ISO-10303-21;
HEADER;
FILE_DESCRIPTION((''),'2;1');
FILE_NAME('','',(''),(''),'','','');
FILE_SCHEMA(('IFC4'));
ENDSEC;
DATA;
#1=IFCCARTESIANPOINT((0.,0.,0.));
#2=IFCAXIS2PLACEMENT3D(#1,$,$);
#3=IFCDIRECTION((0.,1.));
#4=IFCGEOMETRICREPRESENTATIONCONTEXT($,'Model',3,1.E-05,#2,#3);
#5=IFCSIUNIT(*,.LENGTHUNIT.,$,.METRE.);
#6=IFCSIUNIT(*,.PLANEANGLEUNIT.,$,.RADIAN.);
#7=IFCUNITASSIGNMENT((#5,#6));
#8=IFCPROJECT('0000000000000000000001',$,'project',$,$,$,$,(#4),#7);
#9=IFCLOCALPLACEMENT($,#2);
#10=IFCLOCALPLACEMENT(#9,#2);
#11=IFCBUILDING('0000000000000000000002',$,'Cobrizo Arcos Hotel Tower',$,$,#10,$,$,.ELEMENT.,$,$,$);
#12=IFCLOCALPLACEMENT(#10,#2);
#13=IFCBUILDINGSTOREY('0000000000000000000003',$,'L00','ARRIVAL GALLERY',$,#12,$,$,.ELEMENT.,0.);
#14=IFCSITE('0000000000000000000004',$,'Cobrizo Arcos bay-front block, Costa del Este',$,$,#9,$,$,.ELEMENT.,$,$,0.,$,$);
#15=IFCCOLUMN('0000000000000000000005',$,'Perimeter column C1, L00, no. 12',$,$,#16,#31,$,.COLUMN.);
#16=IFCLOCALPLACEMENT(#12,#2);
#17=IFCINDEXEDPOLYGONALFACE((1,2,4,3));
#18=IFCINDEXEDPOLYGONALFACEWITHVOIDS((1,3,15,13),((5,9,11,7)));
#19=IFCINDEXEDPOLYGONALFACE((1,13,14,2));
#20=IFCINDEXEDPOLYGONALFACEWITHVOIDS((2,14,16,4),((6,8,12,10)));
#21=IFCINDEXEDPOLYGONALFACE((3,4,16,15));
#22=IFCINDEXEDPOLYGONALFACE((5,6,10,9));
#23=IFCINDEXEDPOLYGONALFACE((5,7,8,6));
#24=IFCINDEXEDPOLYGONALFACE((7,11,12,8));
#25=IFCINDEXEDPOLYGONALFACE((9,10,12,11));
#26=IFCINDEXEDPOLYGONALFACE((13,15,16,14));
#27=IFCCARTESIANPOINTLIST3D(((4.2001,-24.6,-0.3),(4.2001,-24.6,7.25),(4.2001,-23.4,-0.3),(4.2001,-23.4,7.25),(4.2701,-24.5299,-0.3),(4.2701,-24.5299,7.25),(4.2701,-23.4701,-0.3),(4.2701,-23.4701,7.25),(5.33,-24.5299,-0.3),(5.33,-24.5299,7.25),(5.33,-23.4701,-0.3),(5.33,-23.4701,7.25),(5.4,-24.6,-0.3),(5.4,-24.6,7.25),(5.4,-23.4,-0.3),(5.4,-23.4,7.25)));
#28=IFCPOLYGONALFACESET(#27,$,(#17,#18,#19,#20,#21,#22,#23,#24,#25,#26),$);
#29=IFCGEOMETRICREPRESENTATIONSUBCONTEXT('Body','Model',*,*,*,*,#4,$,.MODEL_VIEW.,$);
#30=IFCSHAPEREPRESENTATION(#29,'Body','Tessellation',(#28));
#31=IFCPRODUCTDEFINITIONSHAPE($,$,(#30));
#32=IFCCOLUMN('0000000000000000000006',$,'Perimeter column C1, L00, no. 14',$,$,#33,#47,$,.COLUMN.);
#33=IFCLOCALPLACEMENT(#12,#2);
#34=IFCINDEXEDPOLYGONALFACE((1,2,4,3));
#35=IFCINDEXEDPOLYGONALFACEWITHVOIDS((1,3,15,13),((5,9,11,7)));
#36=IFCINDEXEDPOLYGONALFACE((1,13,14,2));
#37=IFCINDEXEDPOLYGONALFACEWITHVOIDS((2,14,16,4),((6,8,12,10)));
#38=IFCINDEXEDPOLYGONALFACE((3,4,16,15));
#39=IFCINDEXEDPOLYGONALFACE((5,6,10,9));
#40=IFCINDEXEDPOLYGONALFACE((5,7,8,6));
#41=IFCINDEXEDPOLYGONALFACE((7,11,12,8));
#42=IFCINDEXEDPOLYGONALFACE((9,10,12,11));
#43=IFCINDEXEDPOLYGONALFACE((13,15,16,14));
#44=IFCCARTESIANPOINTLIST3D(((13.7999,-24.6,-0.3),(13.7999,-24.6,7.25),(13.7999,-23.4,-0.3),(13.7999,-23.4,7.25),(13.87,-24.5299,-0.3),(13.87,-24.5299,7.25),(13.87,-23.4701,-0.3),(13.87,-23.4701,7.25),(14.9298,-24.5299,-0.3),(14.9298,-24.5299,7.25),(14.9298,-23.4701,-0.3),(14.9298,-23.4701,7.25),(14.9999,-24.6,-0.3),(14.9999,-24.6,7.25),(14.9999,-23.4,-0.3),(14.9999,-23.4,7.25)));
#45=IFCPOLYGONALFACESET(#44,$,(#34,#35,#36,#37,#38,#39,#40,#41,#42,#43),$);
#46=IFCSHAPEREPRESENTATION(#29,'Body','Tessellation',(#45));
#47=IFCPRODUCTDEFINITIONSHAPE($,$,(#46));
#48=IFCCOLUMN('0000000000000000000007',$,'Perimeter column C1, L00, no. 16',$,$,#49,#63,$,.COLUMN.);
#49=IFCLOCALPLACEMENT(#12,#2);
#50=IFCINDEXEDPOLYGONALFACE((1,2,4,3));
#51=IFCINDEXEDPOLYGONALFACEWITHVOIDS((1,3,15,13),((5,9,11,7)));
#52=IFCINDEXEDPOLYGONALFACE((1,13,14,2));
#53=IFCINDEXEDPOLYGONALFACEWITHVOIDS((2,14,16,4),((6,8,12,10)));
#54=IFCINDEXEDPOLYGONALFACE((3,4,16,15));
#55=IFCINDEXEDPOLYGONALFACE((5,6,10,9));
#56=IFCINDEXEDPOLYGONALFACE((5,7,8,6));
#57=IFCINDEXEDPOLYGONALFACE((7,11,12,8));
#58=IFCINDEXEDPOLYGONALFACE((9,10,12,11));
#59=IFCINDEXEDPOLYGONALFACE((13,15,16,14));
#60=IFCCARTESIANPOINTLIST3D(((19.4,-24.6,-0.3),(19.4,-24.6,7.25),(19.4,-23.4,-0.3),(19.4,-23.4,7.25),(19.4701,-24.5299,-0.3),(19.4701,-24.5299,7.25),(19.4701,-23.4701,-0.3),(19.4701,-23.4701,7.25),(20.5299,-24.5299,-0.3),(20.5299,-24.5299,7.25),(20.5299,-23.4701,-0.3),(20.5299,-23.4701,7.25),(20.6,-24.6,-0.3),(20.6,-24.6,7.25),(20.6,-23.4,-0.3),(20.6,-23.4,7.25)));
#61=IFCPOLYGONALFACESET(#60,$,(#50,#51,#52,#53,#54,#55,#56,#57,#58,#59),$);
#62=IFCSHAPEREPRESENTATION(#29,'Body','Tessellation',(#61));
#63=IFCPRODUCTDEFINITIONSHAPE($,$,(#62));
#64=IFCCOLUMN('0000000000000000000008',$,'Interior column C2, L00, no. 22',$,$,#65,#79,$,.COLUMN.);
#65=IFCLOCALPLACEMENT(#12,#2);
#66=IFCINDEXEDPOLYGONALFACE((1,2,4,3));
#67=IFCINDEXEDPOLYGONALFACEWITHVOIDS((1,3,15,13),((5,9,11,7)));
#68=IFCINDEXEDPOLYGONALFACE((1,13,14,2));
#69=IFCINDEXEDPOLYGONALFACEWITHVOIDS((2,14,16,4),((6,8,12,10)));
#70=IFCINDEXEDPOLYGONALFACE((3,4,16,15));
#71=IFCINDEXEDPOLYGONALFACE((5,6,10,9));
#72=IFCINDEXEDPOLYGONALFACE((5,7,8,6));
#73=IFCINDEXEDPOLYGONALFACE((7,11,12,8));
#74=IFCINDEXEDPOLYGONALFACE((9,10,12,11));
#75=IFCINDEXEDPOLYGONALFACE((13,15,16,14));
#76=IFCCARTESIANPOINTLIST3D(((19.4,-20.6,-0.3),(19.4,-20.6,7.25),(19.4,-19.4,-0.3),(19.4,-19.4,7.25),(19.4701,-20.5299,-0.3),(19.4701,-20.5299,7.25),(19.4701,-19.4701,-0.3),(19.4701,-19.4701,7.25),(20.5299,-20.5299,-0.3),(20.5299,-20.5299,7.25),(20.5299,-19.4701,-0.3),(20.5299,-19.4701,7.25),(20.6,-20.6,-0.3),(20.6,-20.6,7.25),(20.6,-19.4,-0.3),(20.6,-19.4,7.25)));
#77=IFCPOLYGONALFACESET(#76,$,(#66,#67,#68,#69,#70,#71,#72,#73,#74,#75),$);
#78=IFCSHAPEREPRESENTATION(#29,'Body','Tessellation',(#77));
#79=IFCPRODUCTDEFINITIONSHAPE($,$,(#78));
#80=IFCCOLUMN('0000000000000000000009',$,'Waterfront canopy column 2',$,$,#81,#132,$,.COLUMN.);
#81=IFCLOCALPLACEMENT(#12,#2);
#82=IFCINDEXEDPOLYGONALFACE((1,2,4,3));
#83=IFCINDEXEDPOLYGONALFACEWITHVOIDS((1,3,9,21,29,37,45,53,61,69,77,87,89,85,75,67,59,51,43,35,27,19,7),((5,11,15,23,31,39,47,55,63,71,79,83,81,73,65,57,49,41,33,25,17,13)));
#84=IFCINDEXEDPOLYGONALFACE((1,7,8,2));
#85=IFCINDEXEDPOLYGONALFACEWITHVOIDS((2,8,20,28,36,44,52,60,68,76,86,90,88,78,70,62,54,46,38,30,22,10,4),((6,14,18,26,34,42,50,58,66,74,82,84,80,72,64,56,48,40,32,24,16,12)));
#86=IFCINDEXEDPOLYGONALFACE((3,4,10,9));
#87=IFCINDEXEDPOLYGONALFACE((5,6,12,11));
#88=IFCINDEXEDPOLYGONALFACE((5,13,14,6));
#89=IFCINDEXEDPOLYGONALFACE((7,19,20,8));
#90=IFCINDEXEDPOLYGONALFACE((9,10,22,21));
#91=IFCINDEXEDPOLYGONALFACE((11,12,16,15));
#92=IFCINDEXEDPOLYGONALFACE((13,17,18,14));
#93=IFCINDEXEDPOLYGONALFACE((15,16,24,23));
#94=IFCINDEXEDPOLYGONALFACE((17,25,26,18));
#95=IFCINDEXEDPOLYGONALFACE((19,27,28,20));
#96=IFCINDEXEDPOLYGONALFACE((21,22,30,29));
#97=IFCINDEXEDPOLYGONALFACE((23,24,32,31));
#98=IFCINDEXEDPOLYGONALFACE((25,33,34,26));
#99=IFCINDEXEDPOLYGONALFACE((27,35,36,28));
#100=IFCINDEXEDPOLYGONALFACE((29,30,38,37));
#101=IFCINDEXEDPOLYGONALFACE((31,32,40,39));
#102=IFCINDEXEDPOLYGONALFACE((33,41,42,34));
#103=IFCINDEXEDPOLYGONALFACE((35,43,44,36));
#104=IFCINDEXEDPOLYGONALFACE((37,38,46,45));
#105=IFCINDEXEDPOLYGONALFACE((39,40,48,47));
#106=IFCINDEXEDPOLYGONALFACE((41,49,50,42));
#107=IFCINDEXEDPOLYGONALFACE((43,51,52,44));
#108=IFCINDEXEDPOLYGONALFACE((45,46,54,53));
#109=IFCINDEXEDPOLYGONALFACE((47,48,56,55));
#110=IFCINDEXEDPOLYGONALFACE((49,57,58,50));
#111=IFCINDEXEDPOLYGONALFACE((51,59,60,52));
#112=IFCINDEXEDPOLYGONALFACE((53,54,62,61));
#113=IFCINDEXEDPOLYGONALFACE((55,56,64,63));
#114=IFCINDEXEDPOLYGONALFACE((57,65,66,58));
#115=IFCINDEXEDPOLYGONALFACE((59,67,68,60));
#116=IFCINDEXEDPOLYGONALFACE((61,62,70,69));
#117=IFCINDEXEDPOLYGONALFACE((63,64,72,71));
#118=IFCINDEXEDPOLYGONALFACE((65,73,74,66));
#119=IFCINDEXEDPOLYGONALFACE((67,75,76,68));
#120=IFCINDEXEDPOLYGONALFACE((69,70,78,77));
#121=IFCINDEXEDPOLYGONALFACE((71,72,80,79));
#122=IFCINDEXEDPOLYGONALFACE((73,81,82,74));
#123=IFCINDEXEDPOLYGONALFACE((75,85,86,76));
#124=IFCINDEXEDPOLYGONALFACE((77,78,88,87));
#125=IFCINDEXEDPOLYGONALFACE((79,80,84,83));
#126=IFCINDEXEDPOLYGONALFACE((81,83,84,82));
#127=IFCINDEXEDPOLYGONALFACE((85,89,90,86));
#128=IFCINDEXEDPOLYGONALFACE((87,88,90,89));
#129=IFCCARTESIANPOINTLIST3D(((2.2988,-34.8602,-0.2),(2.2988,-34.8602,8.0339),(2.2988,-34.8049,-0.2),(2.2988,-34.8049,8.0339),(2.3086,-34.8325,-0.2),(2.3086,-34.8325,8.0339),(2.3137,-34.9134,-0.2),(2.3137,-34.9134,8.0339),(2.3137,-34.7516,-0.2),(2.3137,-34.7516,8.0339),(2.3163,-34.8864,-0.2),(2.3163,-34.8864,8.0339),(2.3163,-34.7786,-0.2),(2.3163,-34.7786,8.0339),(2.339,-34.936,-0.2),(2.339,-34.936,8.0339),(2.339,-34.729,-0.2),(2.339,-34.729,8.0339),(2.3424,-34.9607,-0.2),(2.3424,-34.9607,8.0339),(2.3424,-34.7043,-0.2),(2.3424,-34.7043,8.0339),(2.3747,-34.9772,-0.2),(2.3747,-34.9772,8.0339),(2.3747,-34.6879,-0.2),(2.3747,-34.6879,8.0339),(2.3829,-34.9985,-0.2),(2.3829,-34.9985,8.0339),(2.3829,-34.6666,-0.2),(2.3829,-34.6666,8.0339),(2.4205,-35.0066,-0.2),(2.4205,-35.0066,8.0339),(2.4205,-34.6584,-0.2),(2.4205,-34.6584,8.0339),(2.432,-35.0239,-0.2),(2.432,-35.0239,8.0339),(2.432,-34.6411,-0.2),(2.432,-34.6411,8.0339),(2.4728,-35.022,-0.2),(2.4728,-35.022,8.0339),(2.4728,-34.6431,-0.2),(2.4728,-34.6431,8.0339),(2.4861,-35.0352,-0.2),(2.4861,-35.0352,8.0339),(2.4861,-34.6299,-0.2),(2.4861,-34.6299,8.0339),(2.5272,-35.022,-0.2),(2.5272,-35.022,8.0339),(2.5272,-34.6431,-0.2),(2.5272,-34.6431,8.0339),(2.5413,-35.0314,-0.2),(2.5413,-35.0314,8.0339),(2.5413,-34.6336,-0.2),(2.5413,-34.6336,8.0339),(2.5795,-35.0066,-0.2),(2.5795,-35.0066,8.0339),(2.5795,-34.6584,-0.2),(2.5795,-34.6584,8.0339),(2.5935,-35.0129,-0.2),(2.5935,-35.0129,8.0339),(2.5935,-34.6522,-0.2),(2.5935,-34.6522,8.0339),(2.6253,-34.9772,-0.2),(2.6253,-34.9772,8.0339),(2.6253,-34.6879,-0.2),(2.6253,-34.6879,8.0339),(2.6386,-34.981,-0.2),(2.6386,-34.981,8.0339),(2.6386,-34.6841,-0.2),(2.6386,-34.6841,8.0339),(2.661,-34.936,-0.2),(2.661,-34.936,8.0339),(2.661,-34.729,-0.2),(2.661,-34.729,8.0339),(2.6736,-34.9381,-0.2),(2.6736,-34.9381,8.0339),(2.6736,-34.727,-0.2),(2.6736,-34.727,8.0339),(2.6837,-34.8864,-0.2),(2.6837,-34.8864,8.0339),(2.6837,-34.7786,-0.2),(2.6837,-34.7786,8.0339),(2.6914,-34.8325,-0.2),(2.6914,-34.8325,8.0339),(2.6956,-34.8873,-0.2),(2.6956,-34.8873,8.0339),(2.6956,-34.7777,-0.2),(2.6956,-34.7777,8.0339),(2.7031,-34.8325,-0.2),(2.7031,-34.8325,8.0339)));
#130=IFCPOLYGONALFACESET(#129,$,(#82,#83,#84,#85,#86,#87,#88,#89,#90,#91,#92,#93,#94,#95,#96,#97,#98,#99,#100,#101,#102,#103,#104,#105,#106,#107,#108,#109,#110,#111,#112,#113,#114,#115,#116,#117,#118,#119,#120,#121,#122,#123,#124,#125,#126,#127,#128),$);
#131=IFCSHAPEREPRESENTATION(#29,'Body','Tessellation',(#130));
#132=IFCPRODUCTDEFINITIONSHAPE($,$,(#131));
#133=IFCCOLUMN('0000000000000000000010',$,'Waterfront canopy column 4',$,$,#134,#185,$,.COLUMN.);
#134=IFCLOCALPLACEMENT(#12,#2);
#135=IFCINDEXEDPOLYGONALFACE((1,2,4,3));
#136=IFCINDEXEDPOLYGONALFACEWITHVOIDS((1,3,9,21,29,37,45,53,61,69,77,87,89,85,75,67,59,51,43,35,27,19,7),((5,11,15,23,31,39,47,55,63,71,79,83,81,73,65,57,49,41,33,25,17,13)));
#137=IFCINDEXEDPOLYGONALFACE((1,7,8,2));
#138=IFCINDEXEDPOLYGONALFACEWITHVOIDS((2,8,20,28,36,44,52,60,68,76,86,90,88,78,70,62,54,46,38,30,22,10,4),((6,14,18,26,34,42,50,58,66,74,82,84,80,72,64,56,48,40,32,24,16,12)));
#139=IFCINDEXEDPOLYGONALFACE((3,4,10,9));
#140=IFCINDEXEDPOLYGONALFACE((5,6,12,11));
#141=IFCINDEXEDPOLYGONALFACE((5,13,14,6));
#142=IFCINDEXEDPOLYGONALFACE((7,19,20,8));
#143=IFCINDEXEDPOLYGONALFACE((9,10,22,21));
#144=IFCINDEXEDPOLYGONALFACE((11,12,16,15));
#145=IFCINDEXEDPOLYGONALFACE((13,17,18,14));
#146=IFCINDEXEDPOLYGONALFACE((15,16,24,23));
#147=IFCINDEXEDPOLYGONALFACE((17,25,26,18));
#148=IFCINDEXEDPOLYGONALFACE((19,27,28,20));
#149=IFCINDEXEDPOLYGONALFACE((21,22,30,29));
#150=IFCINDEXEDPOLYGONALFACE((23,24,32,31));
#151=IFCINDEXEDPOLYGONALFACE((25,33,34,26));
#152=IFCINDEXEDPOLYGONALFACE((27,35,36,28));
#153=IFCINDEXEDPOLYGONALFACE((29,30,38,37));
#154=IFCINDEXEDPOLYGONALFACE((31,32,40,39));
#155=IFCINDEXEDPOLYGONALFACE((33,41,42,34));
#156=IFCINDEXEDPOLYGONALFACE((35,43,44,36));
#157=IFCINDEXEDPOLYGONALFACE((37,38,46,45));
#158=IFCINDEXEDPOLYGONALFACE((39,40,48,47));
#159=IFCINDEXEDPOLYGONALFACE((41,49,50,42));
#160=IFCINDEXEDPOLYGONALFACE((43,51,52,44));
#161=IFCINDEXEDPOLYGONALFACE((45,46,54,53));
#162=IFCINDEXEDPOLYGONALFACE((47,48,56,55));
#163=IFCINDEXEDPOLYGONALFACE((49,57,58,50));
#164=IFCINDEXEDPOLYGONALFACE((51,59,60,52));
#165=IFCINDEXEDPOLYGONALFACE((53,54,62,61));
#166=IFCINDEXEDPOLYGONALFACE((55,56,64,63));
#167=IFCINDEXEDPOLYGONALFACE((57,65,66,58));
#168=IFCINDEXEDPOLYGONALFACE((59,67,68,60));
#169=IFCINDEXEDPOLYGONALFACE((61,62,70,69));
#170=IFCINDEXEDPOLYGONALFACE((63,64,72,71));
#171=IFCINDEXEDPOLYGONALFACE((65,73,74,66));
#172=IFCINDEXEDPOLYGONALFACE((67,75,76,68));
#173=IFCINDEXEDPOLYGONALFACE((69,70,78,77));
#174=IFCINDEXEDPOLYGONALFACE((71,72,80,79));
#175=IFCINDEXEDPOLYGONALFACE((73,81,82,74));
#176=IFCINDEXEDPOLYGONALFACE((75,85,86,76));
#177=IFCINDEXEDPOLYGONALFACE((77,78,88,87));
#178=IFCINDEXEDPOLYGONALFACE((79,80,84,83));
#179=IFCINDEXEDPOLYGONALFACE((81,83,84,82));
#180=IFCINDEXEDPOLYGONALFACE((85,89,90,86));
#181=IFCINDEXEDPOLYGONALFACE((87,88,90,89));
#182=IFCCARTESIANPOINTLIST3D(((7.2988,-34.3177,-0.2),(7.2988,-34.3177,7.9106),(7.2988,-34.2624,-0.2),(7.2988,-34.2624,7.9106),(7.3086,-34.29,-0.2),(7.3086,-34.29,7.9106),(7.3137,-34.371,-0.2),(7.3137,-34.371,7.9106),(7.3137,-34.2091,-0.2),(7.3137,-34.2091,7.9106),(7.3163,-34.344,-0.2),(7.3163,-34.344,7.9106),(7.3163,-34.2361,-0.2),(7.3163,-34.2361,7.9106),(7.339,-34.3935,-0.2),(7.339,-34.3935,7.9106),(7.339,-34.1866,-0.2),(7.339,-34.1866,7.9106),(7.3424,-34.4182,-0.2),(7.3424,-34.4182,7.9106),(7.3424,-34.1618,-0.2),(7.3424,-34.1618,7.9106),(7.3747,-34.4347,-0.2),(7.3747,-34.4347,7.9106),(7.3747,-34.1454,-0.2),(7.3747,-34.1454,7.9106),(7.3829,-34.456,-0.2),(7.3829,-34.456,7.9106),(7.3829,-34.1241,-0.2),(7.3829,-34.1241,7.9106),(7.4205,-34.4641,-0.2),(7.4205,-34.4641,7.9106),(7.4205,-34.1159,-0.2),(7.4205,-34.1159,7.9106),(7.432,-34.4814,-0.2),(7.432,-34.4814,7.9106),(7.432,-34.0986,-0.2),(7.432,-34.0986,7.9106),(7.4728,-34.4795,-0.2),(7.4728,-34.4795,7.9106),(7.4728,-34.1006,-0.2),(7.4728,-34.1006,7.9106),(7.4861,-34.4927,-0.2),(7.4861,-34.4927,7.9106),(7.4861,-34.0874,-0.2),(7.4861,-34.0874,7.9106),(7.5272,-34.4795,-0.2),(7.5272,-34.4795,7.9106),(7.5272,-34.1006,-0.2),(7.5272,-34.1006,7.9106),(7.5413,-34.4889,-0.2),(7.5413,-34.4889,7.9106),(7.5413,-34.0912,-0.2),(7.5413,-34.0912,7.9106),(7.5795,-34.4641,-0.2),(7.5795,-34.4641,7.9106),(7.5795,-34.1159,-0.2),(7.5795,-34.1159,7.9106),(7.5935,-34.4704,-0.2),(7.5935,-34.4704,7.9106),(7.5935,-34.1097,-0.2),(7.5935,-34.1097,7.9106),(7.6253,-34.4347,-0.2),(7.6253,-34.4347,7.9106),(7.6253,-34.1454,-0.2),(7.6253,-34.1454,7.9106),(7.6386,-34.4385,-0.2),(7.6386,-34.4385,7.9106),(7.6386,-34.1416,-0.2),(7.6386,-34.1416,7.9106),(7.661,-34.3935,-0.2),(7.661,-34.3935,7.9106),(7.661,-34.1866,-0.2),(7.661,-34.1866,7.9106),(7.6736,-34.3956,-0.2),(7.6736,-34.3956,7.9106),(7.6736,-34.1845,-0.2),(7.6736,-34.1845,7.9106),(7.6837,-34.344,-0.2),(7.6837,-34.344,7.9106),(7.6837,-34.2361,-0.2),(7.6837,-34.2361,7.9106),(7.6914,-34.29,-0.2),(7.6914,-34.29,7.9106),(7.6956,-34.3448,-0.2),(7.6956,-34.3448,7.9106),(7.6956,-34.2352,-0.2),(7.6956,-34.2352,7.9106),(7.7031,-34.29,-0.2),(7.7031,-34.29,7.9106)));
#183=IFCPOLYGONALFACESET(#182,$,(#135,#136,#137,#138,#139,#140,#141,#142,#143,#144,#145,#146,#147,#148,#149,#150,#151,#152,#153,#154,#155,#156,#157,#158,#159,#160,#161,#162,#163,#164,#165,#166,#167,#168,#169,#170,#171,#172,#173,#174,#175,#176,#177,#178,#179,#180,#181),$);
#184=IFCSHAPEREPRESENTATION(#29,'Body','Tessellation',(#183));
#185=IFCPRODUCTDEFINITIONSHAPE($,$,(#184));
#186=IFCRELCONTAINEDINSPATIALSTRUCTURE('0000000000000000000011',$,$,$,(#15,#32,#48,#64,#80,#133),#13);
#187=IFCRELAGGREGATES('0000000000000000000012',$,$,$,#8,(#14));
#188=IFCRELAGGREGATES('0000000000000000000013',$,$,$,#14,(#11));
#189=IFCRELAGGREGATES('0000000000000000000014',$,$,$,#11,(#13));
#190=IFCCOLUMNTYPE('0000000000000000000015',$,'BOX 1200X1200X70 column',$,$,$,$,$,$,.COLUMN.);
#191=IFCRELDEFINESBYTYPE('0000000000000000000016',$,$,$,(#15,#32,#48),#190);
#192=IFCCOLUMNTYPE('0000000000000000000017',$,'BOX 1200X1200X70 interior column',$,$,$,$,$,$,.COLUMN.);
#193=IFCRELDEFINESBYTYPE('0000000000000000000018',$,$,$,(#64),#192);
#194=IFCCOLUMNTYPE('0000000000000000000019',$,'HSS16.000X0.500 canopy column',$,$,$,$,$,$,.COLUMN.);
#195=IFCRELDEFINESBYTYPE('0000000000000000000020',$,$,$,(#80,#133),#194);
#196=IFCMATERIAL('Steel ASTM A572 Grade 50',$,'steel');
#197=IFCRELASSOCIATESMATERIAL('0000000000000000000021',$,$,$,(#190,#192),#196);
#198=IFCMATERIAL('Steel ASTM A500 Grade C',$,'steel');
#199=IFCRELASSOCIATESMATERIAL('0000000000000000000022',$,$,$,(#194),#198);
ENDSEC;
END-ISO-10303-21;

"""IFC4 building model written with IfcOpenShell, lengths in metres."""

from ifc_helpers import new_model, si_unit, direction, frame, origin, origin_2d, place, context, subcontext, project, spatial, hollow_rectangle, hollow_circle, extrude, material, material_profile, profile_set, type_object, element, save


model = new_model("IFC4")

# Units and contexts
model_context = context("Model", 3, precision=1e-05, world=origin(), true_north=direction((0.0, 1.0)))
body_context = subcontext(model_context, "Body", "Model", "MODEL_VIEW")
ifc_project = project(units=[si_unit("LENGTHUNIT", "METRE"), si_unit("PLANEANGLEUNIT", "RADIAN")], contexts=[model_context])

# Site, building, storey
site_placement = place(None, origin())
site = spatial("IfcSite", under=ifc_project, at=site_placement, Name="Cobrizo Arcos bay-front block, Costa del Este", CompositionType="ELEMENT", RefElevation=0.0)
building_placement = place(site_placement, origin())
building = spatial("IfcBuilding", under=site, at=building_placement, Name="Cobrizo Arcos Hotel Tower", CompositionType="ELEMENT")
storey_placement = place(building_placement, origin())
storey = spatial("IfcBuildingStorey", under=building, at=storey_placement, Name="L00", Description="ARRIVAL GALLERY", CompositionType="ELEMENT", Elevation=0.0)

# Columns
ifc_material_1 = material(Name="Steel ASTM A572 Grade 50", Category="steel")
ifc_material_profile_1 = material_profile(ifc_material_1, hollow_rectangle(XDim=1.2, YDim=1.2, WallThickness=0.0701, at=origin_2d()), Name="BOX 1200X1200X70")
ifc_profile_set_1 = profile_set([ifc_material_profile_1], Name="Steel ASTM A572 Grade 50")
column_type_1 = type_object("IfcColumnType", Name="BOX 1200X1200X70 column", PredefinedType="COLUMN", material=ifc_profile_set_1)
for number, where, z_axis, x_axis, name in (
    (1, (4.8, -24.0, -0.3), (0.0, 0.0, 1.0), (1.0, 0.0, 0.0), "Perimeter column C1, L00, no. 12"),
    (2, (14.3999, -24.0, -0.3), (0.0, 0.0, 1.0), (1.0, 0.0, 0.0), "Perimeter column C1, L00, no. 14"),
    (3, (20.0, -24.0, -0.3), (0.0, 0.0, 1.0), (1.0, 0.0, 0.0), "Perimeter column C1, L00, no. 16"),
):
    element("IfcColumn", number, at=place(storey_placement, frame(where, z_axis=z_axis, x_axis=x_axis)), inside=storey, type_object=column_type_1, Name=name, PredefinedType="COLUMN", context=body_context, shape_type="SweptSolid", body=[
        extrude(hollow_rectangle(XDim=1.2, YDim=1.2, WallThickness=0.0701, at=origin_2d()), origin(), (0.0, 0.0, 1.0), 7.55),
    ])
ifc_material_profile_2 = material_profile(ifc_material_1, hollow_rectangle(XDim=1.2, YDim=1.2, WallThickness=0.0701, at=origin_2d()), Name="BOX 1200X1200X70")
ifc_profile_set_2 = profile_set([ifc_material_profile_2], Name="Steel ASTM A572 Grade 50")
column_type_2 = type_object("IfcColumnType", Name="BOX 1200X1200X70 interior column", PredefinedType="COLUMN", material=ifc_profile_set_2)
column_1_placement = place(storey_placement, frame((20.0, -20.0, -0.3), z_axis=(0.0, 0.0, 1.0), x_axis=(1.0, 0.0, 0.0)))
element("IfcColumn", 4, at=column_1_placement, inside=storey, type_object=column_type_2, Name="Interior column C2, L00, no. 22", PredefinedType="COLUMN", context=body_context, shape_type="SweptSolid", body=[
    extrude(hollow_rectangle(XDim=1.2, YDim=1.2, WallThickness=0.0701, at=origin_2d()), origin(), (0.0, 0.0, 1.0), 7.55),
])
ifc_material_2 = material(Name="Steel ASTM A500 Grade C", Category="steel")
ifc_material_profile_3 = material_profile(ifc_material_2, hollow_circle(Radius=0.2031, WallThickness=0.0117, at=origin_2d()), Name="HSS16.000X0.500")
ifc_profile_set_3 = profile_set([ifc_material_profile_3], Name="Steel ASTM A500 Grade C")
column_type_3 = type_object("IfcColumnType", Name="HSS16.000X0.500 canopy column", PredefinedType="COLUMN", material=ifc_profile_set_3)
column_2_placement = place(storey_placement, frame((2.5, -34.8325, -0.2), z_axis=(0.0, 0.0, 1.0), x_axis=(1.0, 0.0, 0.0)))
element("IfcColumn", 5, at=column_2_placement, inside=storey, type_object=column_type_3, Name="Waterfront canopy column 2", PredefinedType="COLUMN", context=body_context, shape_type="SweptSolid", body=[
    extrude(hollow_circle(Radius=0.2031, WallThickness=0.0117, at=origin_2d()), origin(), (0.0, 0.0, 1.0), 8.2339),
])
column_3_placement = place(storey_placement, frame((7.5, -34.29, -0.2), z_axis=(0.0, 0.0, 1.0), x_axis=(1.0, 0.0, 0.0)))
element("IfcColumn", 6, at=column_3_placement, inside=storey, type_object=column_type_3, Name="Waterfront canopy column 4", PredefinedType="COLUMN", context=body_context, shape_type="SweptSolid", body=[
    extrude(hollow_circle(Radius=0.2031, WallThickness=0.0117, at=origin_2d()), origin(), (0.0, 0.0, 1.0), 8.1106),
])

save(model, "model.ifc")
